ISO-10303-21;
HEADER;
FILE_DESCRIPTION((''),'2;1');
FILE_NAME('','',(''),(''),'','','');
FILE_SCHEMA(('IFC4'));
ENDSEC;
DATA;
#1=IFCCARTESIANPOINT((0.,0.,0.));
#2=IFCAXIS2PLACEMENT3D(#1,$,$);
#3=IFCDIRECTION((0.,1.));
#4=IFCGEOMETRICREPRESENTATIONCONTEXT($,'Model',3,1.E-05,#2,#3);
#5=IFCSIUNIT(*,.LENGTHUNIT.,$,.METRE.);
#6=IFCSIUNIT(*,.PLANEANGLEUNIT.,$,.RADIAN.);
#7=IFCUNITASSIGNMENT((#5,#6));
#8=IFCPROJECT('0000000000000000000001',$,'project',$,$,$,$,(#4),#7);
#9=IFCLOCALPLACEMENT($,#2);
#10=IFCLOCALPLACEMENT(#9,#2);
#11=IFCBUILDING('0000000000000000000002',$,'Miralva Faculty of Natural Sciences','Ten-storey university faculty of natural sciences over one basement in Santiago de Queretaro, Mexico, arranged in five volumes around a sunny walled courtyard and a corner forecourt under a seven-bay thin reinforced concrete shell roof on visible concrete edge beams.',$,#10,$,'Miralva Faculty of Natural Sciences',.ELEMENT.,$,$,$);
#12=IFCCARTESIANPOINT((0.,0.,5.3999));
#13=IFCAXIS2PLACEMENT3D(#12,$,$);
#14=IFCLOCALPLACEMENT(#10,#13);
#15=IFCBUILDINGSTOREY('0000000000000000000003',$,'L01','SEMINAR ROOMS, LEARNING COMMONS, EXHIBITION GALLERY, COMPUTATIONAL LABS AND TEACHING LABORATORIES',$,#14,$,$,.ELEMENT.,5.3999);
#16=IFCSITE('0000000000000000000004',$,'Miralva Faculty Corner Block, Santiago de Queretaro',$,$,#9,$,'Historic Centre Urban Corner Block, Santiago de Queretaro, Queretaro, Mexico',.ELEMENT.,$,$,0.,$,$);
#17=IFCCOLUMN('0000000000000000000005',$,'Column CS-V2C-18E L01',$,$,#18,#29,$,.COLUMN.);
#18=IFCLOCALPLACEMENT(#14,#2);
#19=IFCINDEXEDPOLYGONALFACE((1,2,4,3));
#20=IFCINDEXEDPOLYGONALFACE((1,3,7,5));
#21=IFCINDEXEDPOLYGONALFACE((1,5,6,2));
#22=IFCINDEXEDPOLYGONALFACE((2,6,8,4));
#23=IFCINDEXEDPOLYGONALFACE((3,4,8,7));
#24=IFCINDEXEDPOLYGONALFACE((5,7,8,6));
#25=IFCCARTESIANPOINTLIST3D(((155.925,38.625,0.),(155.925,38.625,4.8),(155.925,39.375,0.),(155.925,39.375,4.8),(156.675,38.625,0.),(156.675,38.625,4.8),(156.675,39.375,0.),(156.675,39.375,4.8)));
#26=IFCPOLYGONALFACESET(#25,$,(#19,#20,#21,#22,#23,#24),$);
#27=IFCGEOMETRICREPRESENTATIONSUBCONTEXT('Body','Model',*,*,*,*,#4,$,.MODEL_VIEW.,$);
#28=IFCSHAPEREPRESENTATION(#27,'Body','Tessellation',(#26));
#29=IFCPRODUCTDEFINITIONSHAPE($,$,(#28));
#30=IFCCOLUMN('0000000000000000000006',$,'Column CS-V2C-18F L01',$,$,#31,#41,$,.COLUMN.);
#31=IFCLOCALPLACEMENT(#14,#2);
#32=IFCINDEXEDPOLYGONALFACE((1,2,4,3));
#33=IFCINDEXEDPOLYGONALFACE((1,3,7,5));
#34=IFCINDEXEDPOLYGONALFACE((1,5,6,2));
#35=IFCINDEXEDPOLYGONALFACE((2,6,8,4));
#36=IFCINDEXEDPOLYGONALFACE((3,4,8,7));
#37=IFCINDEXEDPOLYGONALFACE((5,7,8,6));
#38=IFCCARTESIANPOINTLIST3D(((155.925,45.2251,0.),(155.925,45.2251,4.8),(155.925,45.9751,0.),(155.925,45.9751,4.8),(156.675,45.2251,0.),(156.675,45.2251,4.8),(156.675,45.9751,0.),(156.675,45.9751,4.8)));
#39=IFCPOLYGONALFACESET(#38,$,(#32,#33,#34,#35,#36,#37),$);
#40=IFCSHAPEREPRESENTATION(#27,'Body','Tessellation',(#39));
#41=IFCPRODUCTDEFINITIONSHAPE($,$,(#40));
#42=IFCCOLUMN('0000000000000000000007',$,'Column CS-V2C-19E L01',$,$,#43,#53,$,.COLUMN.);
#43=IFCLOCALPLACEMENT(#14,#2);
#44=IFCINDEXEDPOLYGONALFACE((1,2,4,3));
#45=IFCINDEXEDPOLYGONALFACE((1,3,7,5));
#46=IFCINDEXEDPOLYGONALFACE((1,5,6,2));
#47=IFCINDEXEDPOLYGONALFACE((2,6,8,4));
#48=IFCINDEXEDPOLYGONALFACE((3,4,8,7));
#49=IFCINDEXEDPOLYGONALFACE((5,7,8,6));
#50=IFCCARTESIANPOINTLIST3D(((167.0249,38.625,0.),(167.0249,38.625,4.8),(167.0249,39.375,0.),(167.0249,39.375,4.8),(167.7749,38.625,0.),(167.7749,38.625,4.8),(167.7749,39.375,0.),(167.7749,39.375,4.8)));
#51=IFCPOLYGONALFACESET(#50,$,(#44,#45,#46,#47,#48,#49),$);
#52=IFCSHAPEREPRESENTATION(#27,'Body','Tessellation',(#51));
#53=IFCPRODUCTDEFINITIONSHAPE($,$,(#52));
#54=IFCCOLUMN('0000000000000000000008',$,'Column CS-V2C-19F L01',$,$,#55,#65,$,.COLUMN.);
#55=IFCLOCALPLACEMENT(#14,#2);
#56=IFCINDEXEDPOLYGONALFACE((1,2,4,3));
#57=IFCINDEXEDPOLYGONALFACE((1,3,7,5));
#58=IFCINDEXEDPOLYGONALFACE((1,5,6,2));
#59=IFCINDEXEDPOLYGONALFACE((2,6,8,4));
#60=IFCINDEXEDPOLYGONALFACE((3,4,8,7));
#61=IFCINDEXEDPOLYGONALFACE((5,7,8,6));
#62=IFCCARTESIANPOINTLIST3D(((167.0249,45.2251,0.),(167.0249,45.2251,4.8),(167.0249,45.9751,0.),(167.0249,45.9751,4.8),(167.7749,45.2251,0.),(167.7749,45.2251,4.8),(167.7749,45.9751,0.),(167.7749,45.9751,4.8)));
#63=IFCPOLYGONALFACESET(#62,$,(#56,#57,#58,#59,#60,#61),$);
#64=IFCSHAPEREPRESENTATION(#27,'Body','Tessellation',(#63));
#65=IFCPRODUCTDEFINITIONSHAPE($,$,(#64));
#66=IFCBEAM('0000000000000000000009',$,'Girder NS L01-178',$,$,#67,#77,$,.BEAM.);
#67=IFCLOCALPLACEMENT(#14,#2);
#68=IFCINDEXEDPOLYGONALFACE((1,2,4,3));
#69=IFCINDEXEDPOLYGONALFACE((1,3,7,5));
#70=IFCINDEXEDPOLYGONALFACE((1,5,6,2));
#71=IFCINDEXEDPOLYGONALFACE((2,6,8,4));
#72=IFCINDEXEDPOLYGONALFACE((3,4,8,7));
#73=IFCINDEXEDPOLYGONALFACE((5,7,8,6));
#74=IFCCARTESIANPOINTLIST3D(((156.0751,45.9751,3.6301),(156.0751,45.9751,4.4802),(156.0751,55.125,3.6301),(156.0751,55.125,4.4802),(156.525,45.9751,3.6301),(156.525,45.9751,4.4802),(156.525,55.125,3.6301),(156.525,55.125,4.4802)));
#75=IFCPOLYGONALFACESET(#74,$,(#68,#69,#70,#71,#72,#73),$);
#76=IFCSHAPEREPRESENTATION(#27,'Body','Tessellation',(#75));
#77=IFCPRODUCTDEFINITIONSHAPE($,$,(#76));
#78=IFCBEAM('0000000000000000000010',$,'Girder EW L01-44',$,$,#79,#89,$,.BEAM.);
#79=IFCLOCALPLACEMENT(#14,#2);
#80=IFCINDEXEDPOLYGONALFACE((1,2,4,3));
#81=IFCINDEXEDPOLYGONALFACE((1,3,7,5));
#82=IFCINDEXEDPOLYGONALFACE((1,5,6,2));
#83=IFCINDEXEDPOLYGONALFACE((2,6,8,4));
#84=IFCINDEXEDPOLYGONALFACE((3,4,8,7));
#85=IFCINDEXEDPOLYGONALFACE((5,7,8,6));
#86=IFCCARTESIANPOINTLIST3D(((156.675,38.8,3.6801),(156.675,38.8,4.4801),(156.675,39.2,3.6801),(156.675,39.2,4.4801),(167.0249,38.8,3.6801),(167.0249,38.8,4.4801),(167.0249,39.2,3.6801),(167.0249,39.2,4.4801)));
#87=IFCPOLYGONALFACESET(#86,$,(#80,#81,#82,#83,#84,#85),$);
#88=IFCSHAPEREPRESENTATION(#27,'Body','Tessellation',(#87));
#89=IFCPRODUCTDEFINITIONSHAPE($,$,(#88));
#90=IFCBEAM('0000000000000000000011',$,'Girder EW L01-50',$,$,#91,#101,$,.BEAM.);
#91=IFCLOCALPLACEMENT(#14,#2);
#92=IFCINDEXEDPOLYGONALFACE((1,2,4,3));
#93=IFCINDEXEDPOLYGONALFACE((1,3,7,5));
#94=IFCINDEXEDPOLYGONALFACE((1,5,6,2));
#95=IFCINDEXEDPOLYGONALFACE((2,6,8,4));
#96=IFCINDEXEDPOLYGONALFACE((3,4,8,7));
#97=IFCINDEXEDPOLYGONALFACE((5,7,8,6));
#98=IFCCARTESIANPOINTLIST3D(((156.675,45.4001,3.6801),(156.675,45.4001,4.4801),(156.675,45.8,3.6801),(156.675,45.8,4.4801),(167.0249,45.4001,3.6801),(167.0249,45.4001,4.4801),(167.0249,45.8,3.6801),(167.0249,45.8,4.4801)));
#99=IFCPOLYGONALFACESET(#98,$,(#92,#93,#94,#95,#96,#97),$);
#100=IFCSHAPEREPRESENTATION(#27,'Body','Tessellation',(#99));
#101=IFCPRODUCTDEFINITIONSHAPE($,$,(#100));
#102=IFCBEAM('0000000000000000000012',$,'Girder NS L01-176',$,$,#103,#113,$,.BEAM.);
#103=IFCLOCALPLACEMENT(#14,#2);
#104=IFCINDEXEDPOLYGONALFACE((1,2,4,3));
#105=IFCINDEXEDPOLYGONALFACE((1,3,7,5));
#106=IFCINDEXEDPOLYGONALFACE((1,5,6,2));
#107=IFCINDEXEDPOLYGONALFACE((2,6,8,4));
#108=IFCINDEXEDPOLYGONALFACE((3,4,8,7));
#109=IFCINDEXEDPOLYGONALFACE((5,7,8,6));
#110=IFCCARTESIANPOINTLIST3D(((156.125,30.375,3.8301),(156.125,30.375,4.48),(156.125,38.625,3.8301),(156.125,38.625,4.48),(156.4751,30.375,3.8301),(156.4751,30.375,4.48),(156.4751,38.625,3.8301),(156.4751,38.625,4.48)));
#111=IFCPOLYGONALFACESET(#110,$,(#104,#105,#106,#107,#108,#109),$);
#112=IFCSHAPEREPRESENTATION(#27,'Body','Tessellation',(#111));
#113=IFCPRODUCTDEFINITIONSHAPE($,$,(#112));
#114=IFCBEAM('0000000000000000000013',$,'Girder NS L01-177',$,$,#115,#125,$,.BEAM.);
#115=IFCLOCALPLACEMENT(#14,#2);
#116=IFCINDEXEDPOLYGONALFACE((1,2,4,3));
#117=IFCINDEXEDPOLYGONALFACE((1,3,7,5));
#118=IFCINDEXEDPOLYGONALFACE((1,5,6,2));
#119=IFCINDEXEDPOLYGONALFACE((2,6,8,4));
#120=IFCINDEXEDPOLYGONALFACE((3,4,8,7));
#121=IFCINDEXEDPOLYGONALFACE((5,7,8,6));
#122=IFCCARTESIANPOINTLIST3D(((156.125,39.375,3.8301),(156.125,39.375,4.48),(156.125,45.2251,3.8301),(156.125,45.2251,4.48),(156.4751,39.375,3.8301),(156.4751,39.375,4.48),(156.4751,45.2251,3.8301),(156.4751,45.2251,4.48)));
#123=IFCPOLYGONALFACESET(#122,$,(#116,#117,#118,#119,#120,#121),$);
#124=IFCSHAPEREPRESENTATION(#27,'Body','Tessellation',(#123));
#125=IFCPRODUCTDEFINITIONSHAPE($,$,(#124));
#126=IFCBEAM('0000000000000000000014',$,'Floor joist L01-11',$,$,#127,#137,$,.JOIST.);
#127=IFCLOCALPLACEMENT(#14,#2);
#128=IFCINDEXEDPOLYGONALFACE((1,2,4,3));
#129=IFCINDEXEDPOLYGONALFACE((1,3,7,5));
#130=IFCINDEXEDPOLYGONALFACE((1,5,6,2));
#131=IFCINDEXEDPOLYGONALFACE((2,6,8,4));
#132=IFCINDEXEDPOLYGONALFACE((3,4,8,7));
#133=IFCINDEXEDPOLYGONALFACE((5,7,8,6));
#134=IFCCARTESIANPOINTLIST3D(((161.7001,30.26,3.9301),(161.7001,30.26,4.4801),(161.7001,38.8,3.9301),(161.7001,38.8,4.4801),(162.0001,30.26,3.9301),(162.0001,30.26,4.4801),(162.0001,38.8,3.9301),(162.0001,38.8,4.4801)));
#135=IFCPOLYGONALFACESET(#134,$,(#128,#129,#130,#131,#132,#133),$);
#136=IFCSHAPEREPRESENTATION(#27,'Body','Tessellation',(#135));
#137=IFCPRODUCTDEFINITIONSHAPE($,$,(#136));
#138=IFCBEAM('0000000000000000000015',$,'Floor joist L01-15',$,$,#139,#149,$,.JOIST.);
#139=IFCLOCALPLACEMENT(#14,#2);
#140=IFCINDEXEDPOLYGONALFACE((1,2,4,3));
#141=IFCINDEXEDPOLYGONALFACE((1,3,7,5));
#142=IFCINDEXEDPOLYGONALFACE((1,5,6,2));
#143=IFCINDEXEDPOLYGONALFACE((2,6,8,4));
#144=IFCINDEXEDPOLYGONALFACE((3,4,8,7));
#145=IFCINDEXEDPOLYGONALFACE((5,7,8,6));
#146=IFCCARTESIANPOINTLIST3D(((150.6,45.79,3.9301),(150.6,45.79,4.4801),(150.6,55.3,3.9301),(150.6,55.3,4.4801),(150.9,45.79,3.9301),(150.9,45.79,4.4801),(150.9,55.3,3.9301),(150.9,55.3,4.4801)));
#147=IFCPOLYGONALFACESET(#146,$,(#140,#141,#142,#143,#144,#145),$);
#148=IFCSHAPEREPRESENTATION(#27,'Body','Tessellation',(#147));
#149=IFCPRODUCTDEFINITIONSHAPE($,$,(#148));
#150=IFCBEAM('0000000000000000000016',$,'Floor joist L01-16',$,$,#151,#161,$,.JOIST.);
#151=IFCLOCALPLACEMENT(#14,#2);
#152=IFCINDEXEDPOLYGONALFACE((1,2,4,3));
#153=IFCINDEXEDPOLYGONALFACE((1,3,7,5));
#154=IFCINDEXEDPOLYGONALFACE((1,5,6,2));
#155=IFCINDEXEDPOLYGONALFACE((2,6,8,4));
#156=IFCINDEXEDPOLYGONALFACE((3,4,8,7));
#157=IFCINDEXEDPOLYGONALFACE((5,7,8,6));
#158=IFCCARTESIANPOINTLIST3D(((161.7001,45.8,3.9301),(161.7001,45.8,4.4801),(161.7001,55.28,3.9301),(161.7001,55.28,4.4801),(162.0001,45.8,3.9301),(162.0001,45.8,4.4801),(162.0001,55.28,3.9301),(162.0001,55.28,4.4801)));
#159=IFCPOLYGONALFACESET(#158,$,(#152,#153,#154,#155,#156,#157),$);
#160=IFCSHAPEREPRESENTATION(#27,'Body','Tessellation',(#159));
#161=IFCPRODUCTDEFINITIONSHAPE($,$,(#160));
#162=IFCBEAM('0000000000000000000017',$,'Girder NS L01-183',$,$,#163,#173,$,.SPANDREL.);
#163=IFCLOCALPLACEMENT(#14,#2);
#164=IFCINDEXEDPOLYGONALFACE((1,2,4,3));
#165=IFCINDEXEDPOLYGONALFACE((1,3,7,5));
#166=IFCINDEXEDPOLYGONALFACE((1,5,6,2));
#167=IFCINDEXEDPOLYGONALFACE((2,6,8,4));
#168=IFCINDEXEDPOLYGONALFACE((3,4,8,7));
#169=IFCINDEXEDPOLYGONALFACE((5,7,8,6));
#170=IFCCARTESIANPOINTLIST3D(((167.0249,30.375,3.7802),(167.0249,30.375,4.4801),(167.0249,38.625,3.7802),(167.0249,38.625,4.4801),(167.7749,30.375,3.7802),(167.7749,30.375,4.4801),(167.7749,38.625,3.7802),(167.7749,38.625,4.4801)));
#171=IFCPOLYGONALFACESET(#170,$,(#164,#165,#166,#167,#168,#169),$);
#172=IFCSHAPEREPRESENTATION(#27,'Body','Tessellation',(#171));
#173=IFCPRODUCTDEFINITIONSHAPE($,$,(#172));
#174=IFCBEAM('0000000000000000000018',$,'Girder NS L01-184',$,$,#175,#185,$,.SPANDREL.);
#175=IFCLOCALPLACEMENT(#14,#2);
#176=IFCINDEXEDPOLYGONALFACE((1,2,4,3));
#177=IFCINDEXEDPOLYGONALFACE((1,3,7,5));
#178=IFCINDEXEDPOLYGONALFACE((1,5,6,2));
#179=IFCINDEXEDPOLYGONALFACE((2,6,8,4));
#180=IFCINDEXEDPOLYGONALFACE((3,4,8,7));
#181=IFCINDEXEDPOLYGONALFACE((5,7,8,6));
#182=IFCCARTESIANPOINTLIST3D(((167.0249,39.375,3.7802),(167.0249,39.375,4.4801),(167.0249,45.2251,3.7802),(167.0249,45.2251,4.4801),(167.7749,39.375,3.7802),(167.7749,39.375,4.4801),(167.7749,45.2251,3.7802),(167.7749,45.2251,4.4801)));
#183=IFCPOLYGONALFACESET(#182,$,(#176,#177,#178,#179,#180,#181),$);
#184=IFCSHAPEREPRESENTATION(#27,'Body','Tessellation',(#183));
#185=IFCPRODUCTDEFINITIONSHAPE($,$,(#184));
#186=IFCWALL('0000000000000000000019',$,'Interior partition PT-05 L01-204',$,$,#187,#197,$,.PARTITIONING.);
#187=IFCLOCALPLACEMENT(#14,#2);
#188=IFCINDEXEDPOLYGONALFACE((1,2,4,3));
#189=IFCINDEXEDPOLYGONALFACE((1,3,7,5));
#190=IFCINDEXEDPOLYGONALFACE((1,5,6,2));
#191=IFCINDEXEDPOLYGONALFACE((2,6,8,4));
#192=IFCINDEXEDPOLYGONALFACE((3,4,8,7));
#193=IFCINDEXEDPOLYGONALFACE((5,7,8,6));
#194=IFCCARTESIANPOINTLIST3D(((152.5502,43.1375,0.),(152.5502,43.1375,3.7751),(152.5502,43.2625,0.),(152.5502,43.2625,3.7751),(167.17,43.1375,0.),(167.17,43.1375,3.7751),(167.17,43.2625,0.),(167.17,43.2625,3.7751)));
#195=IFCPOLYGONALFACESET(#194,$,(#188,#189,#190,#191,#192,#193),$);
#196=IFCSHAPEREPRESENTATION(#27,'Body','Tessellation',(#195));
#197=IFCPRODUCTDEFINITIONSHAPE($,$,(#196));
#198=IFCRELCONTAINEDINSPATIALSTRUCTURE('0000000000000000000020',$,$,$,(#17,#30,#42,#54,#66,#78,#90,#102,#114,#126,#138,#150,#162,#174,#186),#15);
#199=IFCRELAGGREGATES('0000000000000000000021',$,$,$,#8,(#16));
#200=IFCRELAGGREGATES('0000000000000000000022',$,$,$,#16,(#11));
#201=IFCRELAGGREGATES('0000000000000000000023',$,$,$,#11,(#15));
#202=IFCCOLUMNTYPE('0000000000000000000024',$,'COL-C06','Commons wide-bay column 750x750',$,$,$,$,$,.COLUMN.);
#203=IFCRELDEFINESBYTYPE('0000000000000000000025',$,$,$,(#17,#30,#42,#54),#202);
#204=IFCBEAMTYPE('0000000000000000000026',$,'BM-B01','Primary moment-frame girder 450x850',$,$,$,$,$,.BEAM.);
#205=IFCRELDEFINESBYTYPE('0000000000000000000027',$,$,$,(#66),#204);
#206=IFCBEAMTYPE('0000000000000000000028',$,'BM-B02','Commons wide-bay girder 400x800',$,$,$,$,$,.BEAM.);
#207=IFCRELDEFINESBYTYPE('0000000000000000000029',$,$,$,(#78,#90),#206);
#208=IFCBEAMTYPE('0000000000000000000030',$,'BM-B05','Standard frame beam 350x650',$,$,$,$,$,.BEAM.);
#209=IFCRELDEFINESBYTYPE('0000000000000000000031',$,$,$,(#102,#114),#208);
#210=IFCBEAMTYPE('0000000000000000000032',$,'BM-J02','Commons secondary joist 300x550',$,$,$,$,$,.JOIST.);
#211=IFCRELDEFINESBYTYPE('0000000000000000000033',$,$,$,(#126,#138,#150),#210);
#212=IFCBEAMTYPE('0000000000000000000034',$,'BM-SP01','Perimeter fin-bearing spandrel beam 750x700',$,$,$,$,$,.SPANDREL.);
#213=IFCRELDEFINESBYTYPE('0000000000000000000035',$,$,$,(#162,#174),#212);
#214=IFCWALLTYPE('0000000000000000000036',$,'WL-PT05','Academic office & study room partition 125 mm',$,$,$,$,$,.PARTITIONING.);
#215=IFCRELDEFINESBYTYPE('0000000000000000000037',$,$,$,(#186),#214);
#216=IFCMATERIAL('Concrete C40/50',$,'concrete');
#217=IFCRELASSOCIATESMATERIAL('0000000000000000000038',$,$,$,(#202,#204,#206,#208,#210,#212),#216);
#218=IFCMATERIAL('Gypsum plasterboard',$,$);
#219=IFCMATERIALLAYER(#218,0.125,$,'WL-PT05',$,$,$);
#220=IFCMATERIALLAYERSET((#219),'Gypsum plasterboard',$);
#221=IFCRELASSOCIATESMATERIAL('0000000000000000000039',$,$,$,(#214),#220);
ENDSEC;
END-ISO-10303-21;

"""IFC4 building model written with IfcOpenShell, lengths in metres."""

from ifc_helpers import new_model, si_unit, direction, frame, frame_2d, origin, origin_2d, place, context, subcontext, project, spatial, rectangle, extrude, material, layer, layer_set, material_profile, profile_set, type_object, element, save


model = new_model("IFC4")

# Units and contexts
model_context = context("Model", 3, precision=1e-05, world=origin(), true_north=direction((0.0, 1.0)))
body_context = subcontext(model_context, "Body", "Model", "MODEL_VIEW")
ifc_project = project(units=[si_unit("LENGTHUNIT", "METRE"), si_unit("PLANEANGLEUNIT", "RADIAN")], contexts=[model_context])

# Site, building, storey
site_placement = place(None, origin())
site = spatial("IfcSite", under=ifc_project, at=site_placement, Name="Miralva Faculty Corner Block, Santiago de Queretaro", LongName="Historic Centre Urban Corner Block, Santiago de Queretaro, Queretaro, Mexico", CompositionType="ELEMENT", RefElevation=0.0)
building_placement = place(site_placement, origin())
building = spatial("IfcBuilding", under=site, at=building_placement, Name="Miralva Faculty of Natural Sciences", Description="Ten-storey university faculty of natural sciences over one basement in Santiago de Queretaro, Mexico, arranged in five volumes around a sunny walled courtyard and a corner forecourt under a seven-bay thin reinforced concrete shell roof on visible concrete edge beams.", LongName="Miralva Faculty of Natural Sciences", CompositionType="ELEMENT")
storey_placement = place(building_placement, frame((0.0, 0.0, 5.3999)))
storey = spatial("IfcBuildingStorey", under=building, at=storey_placement, Name="L01", Description="SEMINAR ROOMS, LEARNING COMMONS, EXHIBITION GALLERY, COMPUTATIONAL LABS AND TEACHING LABORATORIES", CompositionType="ELEMENT", Elevation=5.3999)

# Columns
ifc_material_1 = material(Name="Concrete C40/50", Category="concrete")
ifc_material_profile_1 = material_profile(ifc_material_1, rectangle(XDim=0.75, YDim=0.75, at=origin_2d()), Name="RC 750x750")
ifc_profile_set_1 = profile_set([ifc_material_profile_1], Name="Concrete C40/50")
column_type = type_object("IfcColumnType", Name="COL-C06", Description="Commons wide-bay column 750x750", PredefinedType="COLUMN", material=ifc_profile_set_1)
for number, where, z_axis, x_axis, name in (
    (1, (156.3, 39.0, 0.0), (0.0, 0.0, 1.0), (1.0, 0.0, 0.0), "Column CS-V2C-18E L01"),
    (2, (156.3, 45.6001, 0.0), (0.0, 0.0, 1.0), (1.0, 0.0, 0.0), "Column CS-V2C-18F L01"),
    (3, (167.3999, 39.0, 0.0), (0.0, 0.0, 1.0), (1.0, 0.0, 0.0), "Column CS-V2C-19E L01"),
    (4, (167.3999, 45.6001, 0.0), (0.0, 0.0, 1.0), (1.0, 0.0, 0.0), "Column CS-V2C-19F L01"),
):
    element("IfcColumn", number, at=place(storey_placement, frame(where, z_axis=z_axis, x_axis=x_axis)), inside=storey, type_object=column_type, Name=name, PredefinedType="COLUMN", context=body_context, shape_type="SweptSolid", body=[
        extrude(rectangle(XDim=0.75, YDim=0.75, at=origin_2d()), origin(), (0.0, 0.0, 1.0), 4.8),
    ])

# Beams
ifc_material_profile_2 = material_profile(ifc_material_1, rectangle(XDim=0.45, YDim=0.8501, at=origin_2d()), Name="RC 450x850")
ifc_profile_set_2 = profile_set([ifc_material_profile_2], Name="Concrete C40/50")
beam_type_1 = type_object("IfcBeamType", Name="BM-B01", Description="Primary moment-frame girder 450x850", PredefinedType="BEAM", material=ifc_profile_set_2)
beam_1_placement = place(storey_placement, frame((156.3, 45.9751, 4.0552), z_axis=(0.0, 1.0, 0.0), x_axis=(-1.0, 0.0, 0.0)))
element("IfcBeam", 5, at=beam_1_placement, inside=storey, type_object=beam_type_1, Name="Girder NS L01-178", PredefinedType="BEAM", context=body_context, shape_type="SweptSolid", body=[
    extrude(rectangle(XDim=0.45, YDim=0.8501, at=origin_2d()), origin(), (0.0, 0.0, 1.0), 9.1499),
])
ifc_material_profile_3 = material_profile(ifc_material_1, rectangle(XDim=0.3999, YDim=0.8, at=origin_2d()), Name="RC 400x800")
ifc_profile_set_3 = profile_set([ifc_material_profile_3], Name="Concrete C40/50")
beam_type_2 = type_object("IfcBeamType", Name="BM-B02", Description="Commons wide-bay girder 400x800", PredefinedType="BEAM", material=ifc_profile_set_3)
for number, where, z_axis, x_axis, name in (
    (6, (156.675, 39.0, 4.0801), (1.0, 0.0, 0.0), (0.0, 1.0, 0.0), "Girder EW L01-44"),
    (7, (156.675, 45.6001, 4.0801), (1.0, 0.0, 0.0), (0.0, 1.0, 0.0), "Girder EW L01-50"),
):
    element("IfcBeam", number, at=place(storey_placement, frame(where, z_axis=z_axis, x_axis=x_axis)), inside=storey, type_object=beam_type_2, Name=name, PredefinedType="BEAM", context=body_context, shape_type="SweptSolid", body=[
        extrude(rectangle(XDim=0.3999, YDim=0.8, at=origin_2d()), origin(), (0.0, 0.0, 1.0), 10.3499),
    ])
ifc_material_profile_4 = material_profile(ifc_material_1, rectangle(XDim=0.3501, YDim=0.6499, at=origin_2d()), Name="RC 350x650")
ifc_profile_set_4 = profile_set([ifc_material_profile_4], Name="Concrete C40/50")
beam_type_3 = type_object("IfcBeamType", Name="BM-B05", Description="Standard frame beam 350x650", PredefinedType="BEAM", material=ifc_profile_set_4)
beam_2_placement = place(storey_placement, frame((156.3, 30.375, 4.155), z_axis=(0.0, 1.0, 0.0), x_axis=(-1.0, 0.0, 0.0)))
element("IfcBeam", 8, at=beam_2_placement, inside=storey, type_object=beam_type_3, Name="Girder NS L01-176", PredefinedType="BEAM", context=body_context, shape_type="SweptSolid", body=[
    extrude(rectangle(XDim=0.3501, YDim=0.6499, at=origin_2d()), origin(), (0.0, 0.0, 1.0), 8.25),
])
beam_3_placement = place(storey_placement, frame((156.3, 39.375, 4.155), z_axis=(0.0, 1.0, 0.0), x_axis=(-1.0, 0.0, 0.0)))
element("IfcBeam", 9, at=beam_3_placement, inside=storey, type_object=beam_type_3, Name="Girder NS L01-177", PredefinedType="BEAM", context=body_context, shape_type="SweptSolid", body=[
    extrude(rectangle(XDim=0.3501, YDim=0.6499, at=origin_2d()), origin(), (0.0, 0.0, 1.0), 5.8501),
])
ifc_material_profile_5 = material_profile(ifc_material_1, rectangle(XDim=0.3, YDim=0.55, at=origin_2d()), Name="RC 300x550")
ifc_profile_set_5 = profile_set([ifc_material_profile_5], Name="Concrete C40/50")
beam_type_4 = type_object("IfcBeamType", Name="BM-J02", Description="Commons secondary joist 300x550", PredefinedType="JOIST", material=ifc_profile_set_5)
beam_4_placement = place(storey_placement, frame((161.8501, 30.26, 4.2051), z_axis=(0.0, 1.0, 0.0), x_axis=(-1.0, 0.0, 0.0)))
element("IfcBeam", 10, at=beam_4_placement, inside=storey, type_object=beam_type_4, Name="Floor joist L01-11", PredefinedType="JOIST", context=body_context, shape_type="SweptSolid", body=[
    extrude(rectangle(XDim=0.3, YDim=0.55, at=origin_2d()), origin(), (0.0, 0.0, 1.0), 8.54),
])
beam_5_placement = place(storey_placement, frame((150.75, 45.79, 4.2051), z_axis=(0.0, 1.0, 0.0), x_axis=(-1.0, 0.0, 0.0)))
element("IfcBeam", 11, at=beam_5_placement, inside=storey, type_object=beam_type_4, Name="Floor joist L01-15", PredefinedType="JOIST", context=body_context, shape_type="SweptSolid", body=[
    extrude(rectangle(XDim=0.3, YDim=0.55, at=origin_2d()), origin(), (0.0, 0.0, 1.0), 9.51),
])
beam_6_placement = place(storey_placement, frame((161.8501, 45.8, 4.2051), z_axis=(0.0, 1.0, 0.0), x_axis=(-1.0, 0.0, 0.0)))
element("IfcBeam", 12, at=beam_6_placement, inside=storey, type_object=beam_type_4, Name="Floor joist L01-16", PredefinedType="JOIST", context=body_context, shape_type="SweptSolid", body=[
    extrude(rectangle(XDim=0.3, YDim=0.55, at=origin_2d()), origin(), (0.0, 0.0, 1.0), 9.48),
])
ifc_material_profile_6 = material_profile(ifc_material_1, rectangle(XDim=0.75, YDim=0.7, at=origin_2d()), Name="RC 750x700")
ifc_profile_set_6 = profile_set([ifc_material_profile_6], Name="Concrete C40/50")
beam_type_5 = type_object("IfcBeamType", Name="BM-SP01", Description="Perimeter fin-bearing spandrel beam 750x700", PredefinedType="SPANDREL", material=ifc_profile_set_6)
beam_7_placement = place(storey_placement, frame((167.3999, 30.375, 4.1301), z_axis=(0.0, 1.0, 0.0), x_axis=(-1.0, 0.0, 0.0)))
element("IfcBeam", 13, at=beam_7_placement, inside=storey, type_object=beam_type_5, Name="Girder NS L01-183", PredefinedType="SPANDREL", context=body_context, shape_type="SweptSolid", body=[
    extrude(rectangle(XDim=0.75, YDim=0.7, at=origin_2d()), origin(), (0.0, 0.0, 1.0), 8.25),
])
beam_8_placement = place(storey_placement, frame((167.3999, 39.375, 4.1301), z_axis=(0.0, 1.0, 0.0), x_axis=(-1.0, 0.0, 0.0)))
element("IfcBeam", 14, at=beam_8_placement, inside=storey, type_object=beam_type_5, Name="Girder NS L01-184", PredefinedType="SPANDREL", context=body_context, shape_type="SweptSolid", body=[
    extrude(rectangle(XDim=0.75, YDim=0.7, at=origin_2d()), origin(), (0.0, 0.0, 1.0), 5.8501),
])

# Wall
ifc_material_2 = material(Name="Gypsum plasterboard")
ifc_layer_1 = layer(ifc_material_2, 0.125, Name="WL-PT05")
ifc_layer_set_1 = layer_set([ifc_layer_1], Name="Gypsum plasterboard")
wall_type_1 = type_object("IfcWallType", Name="WL-PT05", Description="Academic office & study room partition 125 mm", PredefinedType="PARTITIONING", material=ifc_layer_set_1)
wall_1_placement = place(storey_placement, frame((152.55, 43.2, 0.0), z_axis=(0.0, 0.0, 1.0), x_axis=(1.0, 0.0, 0.0)))
element("IfcWall", 15, at=wall_1_placement, inside=storey, type_object=wall_type_1, Name="Interior partition PT-05 L01-204", PredefinedType="PARTITIONING", context=body_context, shape_type="SweptSolid", body=[
    extrude(rectangle(XDim=14.6199, YDim=0.125, at=frame_2d((7.3101, 0.0))), origin(), (0.0, 0.0, 1.0), 3.7751),
])

save(model, "model.ifc")
